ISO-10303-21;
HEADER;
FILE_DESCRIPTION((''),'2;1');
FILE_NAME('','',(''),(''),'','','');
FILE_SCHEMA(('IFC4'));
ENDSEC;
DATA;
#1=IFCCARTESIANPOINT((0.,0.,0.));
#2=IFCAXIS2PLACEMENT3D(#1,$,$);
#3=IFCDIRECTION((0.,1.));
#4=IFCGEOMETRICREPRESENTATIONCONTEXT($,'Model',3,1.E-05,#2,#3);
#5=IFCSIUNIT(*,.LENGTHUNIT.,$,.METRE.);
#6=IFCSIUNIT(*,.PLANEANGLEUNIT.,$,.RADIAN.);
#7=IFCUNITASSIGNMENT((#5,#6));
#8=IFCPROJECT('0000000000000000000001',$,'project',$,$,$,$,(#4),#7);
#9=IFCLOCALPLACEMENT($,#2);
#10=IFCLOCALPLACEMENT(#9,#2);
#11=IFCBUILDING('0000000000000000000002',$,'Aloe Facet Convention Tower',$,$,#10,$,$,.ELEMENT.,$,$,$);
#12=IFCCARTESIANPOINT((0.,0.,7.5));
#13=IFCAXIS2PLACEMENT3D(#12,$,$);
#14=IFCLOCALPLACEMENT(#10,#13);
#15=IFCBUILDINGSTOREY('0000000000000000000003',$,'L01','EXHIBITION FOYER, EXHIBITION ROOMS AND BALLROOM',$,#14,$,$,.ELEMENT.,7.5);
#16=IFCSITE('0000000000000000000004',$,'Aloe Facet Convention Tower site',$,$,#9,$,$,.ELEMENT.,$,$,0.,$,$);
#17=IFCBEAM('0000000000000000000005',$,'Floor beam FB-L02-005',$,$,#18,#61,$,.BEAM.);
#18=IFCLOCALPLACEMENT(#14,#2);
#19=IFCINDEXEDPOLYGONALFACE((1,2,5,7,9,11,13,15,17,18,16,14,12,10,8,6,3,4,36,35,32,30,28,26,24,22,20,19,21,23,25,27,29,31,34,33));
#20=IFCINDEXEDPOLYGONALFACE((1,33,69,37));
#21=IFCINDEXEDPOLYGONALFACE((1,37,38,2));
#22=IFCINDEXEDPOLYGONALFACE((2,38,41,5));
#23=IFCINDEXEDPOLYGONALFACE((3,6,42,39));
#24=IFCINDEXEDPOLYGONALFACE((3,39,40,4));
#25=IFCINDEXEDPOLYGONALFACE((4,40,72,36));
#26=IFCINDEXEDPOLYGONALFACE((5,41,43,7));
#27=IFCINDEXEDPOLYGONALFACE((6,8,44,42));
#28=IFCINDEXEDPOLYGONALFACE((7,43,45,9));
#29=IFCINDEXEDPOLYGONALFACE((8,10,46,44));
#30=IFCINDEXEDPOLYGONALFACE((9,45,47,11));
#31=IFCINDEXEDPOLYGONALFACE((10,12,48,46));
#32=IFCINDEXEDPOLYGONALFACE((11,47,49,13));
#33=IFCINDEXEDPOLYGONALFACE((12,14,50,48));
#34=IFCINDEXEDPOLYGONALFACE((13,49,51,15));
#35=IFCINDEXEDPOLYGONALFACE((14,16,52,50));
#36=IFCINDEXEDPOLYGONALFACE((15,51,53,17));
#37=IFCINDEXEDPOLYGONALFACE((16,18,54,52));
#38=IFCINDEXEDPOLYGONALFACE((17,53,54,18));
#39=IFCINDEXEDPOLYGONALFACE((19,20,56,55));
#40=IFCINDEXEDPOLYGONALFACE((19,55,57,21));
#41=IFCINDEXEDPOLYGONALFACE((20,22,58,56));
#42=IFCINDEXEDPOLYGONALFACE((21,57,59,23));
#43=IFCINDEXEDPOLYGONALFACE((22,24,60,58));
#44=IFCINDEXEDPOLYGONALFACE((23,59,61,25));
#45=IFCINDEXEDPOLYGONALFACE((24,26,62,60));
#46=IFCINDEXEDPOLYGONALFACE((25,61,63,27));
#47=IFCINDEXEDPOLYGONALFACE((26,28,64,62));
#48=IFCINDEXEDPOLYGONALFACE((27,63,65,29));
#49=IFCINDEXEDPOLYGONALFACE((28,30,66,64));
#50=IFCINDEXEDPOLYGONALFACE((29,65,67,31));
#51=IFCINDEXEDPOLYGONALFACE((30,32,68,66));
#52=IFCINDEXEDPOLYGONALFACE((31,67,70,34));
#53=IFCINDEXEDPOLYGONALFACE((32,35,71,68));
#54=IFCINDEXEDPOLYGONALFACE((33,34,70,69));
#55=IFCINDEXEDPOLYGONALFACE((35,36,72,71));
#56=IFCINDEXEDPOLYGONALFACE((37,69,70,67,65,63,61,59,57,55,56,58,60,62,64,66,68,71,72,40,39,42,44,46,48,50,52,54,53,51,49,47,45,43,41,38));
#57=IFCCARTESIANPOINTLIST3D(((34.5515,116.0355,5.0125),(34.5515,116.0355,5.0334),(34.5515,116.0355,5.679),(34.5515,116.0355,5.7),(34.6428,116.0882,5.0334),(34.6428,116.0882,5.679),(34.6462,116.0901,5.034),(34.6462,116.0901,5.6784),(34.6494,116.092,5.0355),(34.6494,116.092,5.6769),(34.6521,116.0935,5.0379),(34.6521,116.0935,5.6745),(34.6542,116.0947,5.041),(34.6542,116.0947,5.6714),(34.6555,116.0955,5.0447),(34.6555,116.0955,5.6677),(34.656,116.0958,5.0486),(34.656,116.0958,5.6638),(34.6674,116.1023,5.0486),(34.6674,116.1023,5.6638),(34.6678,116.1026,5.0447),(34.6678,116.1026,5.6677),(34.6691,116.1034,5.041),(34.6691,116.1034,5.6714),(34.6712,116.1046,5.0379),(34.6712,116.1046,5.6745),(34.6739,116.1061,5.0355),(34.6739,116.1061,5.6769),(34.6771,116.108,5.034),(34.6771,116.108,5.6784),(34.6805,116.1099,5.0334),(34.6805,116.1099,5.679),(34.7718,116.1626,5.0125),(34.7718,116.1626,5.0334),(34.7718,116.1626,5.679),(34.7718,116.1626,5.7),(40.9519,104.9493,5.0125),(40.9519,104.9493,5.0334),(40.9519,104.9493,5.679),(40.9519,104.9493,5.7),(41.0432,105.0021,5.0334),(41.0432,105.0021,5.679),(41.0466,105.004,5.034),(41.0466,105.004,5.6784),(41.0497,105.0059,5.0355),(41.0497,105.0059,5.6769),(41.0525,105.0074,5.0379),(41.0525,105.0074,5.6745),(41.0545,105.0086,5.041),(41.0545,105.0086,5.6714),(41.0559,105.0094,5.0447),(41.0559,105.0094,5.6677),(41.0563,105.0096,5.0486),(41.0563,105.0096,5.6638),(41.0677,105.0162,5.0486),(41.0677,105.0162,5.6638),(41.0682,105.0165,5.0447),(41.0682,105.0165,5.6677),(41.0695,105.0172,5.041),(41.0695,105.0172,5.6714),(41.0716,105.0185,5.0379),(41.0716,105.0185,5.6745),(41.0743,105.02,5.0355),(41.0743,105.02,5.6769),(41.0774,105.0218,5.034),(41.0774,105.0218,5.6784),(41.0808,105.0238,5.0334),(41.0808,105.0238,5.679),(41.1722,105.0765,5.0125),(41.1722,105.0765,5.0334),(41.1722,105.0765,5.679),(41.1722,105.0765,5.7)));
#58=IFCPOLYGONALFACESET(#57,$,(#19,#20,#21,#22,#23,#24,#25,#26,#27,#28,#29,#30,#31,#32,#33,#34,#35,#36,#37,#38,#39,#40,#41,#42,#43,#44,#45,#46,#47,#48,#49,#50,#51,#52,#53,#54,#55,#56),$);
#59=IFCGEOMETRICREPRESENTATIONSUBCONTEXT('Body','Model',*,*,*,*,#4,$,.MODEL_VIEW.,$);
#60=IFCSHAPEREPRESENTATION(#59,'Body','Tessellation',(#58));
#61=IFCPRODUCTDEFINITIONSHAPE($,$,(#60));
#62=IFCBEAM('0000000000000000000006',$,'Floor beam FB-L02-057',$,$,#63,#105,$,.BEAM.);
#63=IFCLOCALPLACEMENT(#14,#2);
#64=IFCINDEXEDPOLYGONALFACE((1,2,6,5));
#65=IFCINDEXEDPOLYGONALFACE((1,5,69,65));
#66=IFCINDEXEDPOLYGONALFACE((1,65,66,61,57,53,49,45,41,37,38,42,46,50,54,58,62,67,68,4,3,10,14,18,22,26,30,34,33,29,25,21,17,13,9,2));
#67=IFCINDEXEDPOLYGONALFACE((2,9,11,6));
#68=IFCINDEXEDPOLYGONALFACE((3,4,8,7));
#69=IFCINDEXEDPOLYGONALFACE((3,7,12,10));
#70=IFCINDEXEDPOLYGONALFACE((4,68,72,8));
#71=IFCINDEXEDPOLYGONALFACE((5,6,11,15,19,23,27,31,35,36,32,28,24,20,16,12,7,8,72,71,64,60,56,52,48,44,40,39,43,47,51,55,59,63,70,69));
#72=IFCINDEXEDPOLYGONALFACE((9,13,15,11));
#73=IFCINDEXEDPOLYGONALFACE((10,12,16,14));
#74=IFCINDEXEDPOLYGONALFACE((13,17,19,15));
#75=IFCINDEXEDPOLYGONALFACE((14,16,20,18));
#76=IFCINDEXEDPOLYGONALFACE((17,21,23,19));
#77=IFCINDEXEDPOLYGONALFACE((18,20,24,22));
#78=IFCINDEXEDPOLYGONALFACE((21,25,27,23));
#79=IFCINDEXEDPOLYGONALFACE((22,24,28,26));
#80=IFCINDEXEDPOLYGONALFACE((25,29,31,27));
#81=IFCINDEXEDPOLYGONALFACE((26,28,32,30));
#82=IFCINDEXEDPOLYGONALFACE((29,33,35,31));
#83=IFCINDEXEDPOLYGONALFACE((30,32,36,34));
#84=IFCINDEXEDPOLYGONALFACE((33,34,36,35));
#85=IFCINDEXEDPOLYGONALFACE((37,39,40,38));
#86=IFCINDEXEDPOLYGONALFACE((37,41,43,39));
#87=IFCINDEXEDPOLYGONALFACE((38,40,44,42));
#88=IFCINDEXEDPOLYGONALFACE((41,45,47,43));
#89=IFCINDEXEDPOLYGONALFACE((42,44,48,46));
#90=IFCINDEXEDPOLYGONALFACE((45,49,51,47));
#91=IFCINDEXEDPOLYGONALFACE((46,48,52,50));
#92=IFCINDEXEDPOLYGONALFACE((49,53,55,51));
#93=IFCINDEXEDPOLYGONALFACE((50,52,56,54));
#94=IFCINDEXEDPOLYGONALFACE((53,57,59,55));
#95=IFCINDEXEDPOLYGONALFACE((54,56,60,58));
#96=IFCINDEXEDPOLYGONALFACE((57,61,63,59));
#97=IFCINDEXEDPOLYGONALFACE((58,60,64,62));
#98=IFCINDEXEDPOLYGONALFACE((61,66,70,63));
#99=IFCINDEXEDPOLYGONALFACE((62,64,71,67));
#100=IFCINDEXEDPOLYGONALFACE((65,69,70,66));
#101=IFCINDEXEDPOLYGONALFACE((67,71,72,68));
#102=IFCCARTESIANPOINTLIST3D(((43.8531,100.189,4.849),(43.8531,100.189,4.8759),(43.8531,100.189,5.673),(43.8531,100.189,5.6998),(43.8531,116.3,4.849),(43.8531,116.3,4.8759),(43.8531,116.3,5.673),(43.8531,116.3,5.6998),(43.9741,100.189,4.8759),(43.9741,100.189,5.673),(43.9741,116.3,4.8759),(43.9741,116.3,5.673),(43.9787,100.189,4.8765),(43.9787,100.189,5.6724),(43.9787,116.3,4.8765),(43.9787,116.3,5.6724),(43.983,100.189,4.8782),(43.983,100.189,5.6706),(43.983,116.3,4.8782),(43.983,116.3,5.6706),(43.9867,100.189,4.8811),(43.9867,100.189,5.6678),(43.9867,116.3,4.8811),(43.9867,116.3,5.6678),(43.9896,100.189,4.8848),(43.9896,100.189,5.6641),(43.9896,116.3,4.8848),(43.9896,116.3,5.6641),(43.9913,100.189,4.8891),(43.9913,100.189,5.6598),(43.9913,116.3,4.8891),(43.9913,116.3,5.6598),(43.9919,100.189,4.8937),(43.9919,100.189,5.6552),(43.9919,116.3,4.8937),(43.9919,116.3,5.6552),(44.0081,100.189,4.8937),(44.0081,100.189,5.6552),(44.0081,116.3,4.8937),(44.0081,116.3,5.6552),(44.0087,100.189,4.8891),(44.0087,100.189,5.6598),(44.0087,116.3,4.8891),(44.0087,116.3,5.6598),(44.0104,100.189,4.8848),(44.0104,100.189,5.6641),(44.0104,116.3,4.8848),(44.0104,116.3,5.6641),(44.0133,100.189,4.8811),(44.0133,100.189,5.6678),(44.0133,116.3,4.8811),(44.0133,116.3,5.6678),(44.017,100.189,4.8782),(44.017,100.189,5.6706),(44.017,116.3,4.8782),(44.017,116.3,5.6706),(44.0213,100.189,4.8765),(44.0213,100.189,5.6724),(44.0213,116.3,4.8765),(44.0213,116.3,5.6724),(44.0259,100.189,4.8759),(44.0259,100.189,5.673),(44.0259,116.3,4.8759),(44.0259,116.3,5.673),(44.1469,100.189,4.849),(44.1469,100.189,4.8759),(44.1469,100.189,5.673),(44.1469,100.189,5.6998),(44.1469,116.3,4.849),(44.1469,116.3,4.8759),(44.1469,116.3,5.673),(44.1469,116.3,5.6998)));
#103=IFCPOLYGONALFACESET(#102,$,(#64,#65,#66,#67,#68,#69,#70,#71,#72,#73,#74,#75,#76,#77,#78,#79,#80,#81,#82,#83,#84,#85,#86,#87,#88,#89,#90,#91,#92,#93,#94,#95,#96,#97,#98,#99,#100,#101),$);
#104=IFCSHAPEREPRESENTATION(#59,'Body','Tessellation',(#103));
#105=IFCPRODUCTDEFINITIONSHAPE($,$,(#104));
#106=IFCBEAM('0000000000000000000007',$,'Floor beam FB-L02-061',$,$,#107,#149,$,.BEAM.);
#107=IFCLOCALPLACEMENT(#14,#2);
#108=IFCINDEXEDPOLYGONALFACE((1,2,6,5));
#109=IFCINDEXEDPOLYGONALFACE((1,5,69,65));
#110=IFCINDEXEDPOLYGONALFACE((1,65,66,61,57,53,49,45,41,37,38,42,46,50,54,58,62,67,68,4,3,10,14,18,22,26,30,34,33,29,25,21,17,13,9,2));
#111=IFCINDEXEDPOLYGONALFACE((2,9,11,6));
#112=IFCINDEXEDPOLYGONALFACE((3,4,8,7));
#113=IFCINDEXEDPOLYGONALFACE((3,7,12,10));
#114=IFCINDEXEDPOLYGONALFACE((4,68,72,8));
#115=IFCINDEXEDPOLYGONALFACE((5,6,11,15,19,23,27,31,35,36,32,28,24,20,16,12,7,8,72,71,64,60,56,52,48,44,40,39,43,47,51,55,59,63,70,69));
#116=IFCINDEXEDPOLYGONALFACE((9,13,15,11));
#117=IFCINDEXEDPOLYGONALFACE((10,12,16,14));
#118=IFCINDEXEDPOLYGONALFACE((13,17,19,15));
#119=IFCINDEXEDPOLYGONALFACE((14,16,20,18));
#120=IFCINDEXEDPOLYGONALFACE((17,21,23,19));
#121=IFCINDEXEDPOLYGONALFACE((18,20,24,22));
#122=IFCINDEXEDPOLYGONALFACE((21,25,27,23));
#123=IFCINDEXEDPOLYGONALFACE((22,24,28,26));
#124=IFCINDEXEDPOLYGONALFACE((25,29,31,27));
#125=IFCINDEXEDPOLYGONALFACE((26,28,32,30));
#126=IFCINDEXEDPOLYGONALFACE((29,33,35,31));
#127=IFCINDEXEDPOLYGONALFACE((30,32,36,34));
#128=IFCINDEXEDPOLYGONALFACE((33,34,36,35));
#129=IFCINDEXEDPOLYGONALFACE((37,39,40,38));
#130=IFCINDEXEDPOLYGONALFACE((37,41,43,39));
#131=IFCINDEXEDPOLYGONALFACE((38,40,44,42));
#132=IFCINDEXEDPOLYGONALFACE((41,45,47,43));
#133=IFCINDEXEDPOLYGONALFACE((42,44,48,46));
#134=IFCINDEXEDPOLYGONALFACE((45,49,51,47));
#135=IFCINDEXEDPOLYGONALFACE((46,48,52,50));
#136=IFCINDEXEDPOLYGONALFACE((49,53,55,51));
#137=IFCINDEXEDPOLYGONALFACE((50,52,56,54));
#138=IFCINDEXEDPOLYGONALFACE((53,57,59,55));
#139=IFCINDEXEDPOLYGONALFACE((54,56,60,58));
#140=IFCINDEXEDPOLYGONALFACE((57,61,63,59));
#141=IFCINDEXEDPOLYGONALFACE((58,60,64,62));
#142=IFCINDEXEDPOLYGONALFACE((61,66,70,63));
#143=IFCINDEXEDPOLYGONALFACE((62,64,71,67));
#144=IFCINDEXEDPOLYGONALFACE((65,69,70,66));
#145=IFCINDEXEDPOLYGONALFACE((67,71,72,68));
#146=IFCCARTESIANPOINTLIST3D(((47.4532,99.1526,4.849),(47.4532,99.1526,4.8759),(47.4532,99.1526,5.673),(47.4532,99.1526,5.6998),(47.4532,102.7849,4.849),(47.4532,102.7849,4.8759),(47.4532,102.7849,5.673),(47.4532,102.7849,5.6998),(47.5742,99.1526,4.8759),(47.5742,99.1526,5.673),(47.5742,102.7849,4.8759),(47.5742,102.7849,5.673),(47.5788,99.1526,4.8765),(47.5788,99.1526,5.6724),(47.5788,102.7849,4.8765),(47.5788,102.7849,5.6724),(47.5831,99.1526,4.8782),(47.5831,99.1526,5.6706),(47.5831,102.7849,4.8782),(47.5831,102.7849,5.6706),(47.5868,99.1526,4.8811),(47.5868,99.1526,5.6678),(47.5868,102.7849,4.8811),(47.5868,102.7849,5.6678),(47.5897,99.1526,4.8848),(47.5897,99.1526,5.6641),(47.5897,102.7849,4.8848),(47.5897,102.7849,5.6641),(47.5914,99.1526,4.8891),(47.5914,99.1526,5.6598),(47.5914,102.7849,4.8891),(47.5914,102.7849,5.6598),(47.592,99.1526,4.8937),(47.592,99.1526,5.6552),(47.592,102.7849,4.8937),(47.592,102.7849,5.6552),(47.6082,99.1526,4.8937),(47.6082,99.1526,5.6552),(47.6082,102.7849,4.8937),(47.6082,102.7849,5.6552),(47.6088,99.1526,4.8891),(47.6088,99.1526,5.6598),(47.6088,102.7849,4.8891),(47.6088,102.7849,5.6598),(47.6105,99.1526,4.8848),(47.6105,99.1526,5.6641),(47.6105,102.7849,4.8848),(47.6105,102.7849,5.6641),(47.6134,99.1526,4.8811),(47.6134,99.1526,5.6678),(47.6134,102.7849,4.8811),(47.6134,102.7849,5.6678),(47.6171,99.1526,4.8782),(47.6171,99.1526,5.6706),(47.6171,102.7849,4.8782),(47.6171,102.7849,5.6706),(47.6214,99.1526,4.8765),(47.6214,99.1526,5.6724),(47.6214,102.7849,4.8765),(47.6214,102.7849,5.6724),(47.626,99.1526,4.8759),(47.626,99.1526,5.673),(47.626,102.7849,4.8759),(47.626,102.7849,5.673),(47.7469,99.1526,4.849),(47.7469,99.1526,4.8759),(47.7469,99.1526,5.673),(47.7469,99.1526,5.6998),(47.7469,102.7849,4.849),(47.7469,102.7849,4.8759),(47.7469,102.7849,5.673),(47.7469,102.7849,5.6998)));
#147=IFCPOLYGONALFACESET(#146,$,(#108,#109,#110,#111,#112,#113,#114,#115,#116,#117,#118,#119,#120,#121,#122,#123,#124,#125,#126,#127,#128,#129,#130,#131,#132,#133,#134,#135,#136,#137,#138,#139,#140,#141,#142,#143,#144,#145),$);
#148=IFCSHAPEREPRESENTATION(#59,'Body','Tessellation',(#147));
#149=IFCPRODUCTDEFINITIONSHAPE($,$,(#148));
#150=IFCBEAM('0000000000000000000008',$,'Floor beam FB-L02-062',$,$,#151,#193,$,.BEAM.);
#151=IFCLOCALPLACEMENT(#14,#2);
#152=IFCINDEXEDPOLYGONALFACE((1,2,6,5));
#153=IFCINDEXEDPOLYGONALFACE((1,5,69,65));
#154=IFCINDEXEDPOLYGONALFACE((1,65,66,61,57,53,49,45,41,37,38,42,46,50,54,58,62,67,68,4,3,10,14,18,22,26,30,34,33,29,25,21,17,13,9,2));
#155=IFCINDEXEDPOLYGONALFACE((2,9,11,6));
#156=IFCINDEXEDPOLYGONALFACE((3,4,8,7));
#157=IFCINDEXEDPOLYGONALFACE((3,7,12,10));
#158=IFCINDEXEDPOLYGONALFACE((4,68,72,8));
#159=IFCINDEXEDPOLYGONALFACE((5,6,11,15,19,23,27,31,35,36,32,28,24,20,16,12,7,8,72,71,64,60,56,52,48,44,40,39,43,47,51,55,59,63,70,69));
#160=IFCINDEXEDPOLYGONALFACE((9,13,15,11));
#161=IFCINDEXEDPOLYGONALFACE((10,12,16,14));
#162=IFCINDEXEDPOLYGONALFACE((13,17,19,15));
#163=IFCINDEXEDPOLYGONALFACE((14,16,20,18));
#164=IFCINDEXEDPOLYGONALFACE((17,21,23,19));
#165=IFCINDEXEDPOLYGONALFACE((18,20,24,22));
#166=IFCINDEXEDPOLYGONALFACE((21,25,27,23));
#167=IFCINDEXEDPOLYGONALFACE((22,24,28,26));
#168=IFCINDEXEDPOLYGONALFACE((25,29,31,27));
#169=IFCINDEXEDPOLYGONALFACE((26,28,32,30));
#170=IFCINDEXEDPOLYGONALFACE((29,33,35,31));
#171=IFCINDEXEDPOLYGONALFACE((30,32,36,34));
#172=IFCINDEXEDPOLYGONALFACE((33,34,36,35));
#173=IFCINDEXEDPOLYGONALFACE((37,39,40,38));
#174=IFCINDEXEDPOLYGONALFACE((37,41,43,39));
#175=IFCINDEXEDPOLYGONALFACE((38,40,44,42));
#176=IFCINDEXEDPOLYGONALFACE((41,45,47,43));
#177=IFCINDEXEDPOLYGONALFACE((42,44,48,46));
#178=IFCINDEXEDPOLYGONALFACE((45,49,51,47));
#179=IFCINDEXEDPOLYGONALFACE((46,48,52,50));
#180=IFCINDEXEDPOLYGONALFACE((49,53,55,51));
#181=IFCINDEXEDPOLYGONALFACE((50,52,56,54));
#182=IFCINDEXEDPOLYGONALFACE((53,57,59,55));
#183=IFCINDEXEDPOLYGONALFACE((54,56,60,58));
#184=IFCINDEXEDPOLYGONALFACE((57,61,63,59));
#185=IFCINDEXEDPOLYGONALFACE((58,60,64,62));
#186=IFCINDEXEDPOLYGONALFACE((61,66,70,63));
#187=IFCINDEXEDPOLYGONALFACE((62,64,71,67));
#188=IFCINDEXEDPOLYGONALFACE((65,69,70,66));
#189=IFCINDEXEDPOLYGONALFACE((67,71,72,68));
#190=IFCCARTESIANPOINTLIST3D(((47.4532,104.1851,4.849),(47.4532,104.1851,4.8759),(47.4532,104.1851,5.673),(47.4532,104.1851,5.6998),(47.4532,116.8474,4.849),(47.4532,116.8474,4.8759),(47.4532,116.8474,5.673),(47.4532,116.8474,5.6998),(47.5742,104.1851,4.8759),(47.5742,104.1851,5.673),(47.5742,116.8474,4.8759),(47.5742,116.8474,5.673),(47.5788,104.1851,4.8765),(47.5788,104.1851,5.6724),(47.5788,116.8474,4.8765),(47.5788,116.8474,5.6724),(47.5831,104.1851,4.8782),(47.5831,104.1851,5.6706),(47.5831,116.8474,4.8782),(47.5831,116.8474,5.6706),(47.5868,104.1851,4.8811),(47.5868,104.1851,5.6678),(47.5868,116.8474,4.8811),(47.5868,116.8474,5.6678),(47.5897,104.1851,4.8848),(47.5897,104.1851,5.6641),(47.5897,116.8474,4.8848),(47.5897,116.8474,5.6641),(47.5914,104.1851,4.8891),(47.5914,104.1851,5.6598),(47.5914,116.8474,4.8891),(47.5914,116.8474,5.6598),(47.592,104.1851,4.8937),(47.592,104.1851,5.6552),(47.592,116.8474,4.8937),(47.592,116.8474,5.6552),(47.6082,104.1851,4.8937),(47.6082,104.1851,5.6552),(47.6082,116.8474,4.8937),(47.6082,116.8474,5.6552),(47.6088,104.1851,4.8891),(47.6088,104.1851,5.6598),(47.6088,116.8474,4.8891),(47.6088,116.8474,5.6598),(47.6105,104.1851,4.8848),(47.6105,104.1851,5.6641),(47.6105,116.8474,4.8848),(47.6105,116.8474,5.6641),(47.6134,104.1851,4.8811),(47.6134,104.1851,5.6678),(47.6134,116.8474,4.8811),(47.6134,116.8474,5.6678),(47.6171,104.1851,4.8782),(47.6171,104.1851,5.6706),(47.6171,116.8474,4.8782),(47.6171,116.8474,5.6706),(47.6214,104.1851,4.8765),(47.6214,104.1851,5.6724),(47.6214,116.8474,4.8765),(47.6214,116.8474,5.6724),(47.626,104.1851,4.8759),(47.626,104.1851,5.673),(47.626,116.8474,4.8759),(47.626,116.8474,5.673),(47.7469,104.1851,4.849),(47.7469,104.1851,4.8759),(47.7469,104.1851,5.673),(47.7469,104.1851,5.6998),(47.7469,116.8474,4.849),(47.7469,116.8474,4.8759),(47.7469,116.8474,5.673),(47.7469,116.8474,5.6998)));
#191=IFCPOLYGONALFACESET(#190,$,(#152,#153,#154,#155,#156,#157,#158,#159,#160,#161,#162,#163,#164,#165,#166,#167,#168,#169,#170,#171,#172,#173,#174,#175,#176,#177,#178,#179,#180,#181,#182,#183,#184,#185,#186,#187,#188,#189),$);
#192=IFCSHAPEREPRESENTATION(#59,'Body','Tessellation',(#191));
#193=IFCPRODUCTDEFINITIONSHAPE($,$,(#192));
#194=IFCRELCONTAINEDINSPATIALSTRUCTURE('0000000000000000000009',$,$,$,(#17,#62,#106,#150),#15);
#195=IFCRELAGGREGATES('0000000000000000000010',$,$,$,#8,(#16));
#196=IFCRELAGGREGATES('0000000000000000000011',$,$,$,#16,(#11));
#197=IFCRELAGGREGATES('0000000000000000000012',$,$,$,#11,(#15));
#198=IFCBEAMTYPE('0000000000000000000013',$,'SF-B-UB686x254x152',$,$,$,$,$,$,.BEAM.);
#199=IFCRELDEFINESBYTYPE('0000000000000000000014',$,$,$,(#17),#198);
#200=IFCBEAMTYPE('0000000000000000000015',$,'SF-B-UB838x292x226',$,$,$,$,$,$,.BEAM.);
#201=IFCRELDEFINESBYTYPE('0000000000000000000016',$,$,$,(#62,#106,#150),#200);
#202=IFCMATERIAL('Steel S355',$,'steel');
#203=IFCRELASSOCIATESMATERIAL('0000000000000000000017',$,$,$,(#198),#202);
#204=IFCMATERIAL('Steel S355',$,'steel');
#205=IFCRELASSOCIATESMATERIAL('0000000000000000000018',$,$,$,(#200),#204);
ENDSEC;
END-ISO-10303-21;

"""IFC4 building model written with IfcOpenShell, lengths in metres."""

from ifc_helpers import new_model, si_unit, direction, frame, origin, origin_2d, place, context, subcontext, project, spatial, i_section, extrude, material, material_profile, profile_set, type_object, element, save


model = new_model("IFC4")

# Units and contexts
model_context = context("Model", 3, precision=1e-05, world=origin(), true_north=direction((0.0, 1.0)))
body_context = subcontext(model_context, "Body", "Model", "MODEL_VIEW")
ifc_project = project(units=[si_unit("LENGTHUNIT", "METRE"), si_unit("PLANEANGLEUNIT", "RADIAN")], contexts=[model_context])

# Site, building, storey
site_placement = place(None, origin())
site = spatial("IfcSite", under=ifc_project, at=site_placement, Name="Aloe Facet Convention Tower site", CompositionType="ELEMENT", RefElevation=0.0)
building_placement = place(site_placement, origin())
building = spatial("IfcBuilding", under=site, at=building_placement, Name="Aloe Facet Convention Tower", CompositionType="ELEMENT")
storey_placement = place(building_placement, frame((0.0, 0.0, 7.5)))
storey = spatial("IfcBuildingStorey", under=building, at=storey_placement, Name="L01", Description="EXHIBITION FOYER, EXHIBITION ROOMS AND BALLROOM", CompositionType="ELEMENT", Elevation=7.5)

# Beams
ifc_material_1 = material(Name="Steel S355", Category="steel")
ifc_material_profile_1 = material_profile(ifc_material_1, i_section(OverallWidth=0.2544, OverallDepth=0.6875, WebThickness=0.0132, FlangeThickness=0.021, FilletRadius=0.0151, at=origin_2d()), Name="UB 686x254x152")
ifc_profile_set_1 = profile_set([ifc_material_profile_1], Name="Steel S355")
beam_type_1 = type_object("IfcBeamType", Name="SF-B-UB686x254x152", PredefinedType="BEAM", material=ifc_profile_set_1)
beam_1_placement = place(storey_placement, frame((41.062, 105.0129, 5.3562), z_axis=(-0.499987, 0.866033, 0.0), x_axis=(-0.866033, -0.499987, 0.0)))
element("IfcBeam", 1, at=beam_1_placement, inside=storey, type_object=beam_type_1, Name="Floor beam FB-L02-005", PredefinedType="BEAM", context=body_context, shape_type="SweptSolid", body=[
    extrude(i_section(OverallWidth=0.2544, OverallDepth=0.6875, WebThickness=0.0132, FlangeThickness=0.021, FilletRadius=0.0151, at=origin_2d()), origin(), (0.0, 0.0, 1.0), 12.801),
])
ifc_material_2 = material(Name="Steel S355", Category="steel")
ifc_material_profile_2 = material_profile(ifc_material_2, i_section(OverallWidth=0.2937, OverallDepth=0.8508, WebThickness=0.0161, FlangeThickness=0.0269, FilletRadius=0.0178, at=origin_2d()), Name="UB 838x292x226")
ifc_profile_set_2 = profile_set([ifc_material_profile_2], Name="Steel S355")
beam_type_2 = type_object("IfcBeamType", Name="SF-B-UB838x292x226", PredefinedType="BEAM", material=ifc_profile_set_2)
beam_2_placement = place(storey_placement, frame((44.0, 100.189, 5.2744), z_axis=(0.0, 1.0, 0.0), x_axis=(-1.0, 0.0, 0.0)))
element("IfcBeam", 2, at=beam_2_placement, inside=storey, type_object=beam_type_2, Name="Floor beam FB-L02-057", PredefinedType="BEAM", context=body_context, shape_type="SweptSolid", body=[
    extrude(i_section(OverallWidth=0.2937, OverallDepth=0.8508, WebThickness=0.0161, FlangeThickness=0.0269, FilletRadius=0.0178, at=origin_2d()), origin(), (0.0, 0.0, 1.0), 16.1111),
])
beam_3_placement = place(storey_placement, frame((47.6001, 99.1526, 5.2744), z_axis=(0.0, 1.0, 0.0), x_axis=(-1.0, 0.0, 0.0)))
element("IfcBeam", 3, at=beam_3_placement, inside=storey, type_object=beam_type_2, Name="Floor beam FB-L02-061", PredefinedType="BEAM", context=body_context, shape_type="SweptSolid", body=[
    extrude(i_section(OverallWidth=0.2937, OverallDepth=0.8508, WebThickness=0.0161, FlangeThickness=0.0269, FilletRadius=0.0178, at=origin_2d()), origin(), (0.0, 0.0, 1.0), 3.6323),
])
beam_4_placement = place(storey_placement, frame((47.6001, 104.1851, 5.2744), z_axis=(0.0, 1.0, 0.0), x_axis=(-1.0, 0.0, 0.0)))
element("IfcBeam", 4, at=beam_4_placement, inside=storey, type_object=beam_type_2, Name="Floor beam FB-L02-062", PredefinedType="BEAM", context=body_context, shape_type="SweptSolid", body=[
    extrude(i_section(OverallWidth=0.2937, OverallDepth=0.8508, WebThickness=0.0161, FlangeThickness=0.0269, FilletRadius=0.0178, at=origin_2d()), origin(), (0.0, 0.0, 1.0), 12.6624),
])

save(model, "model.ifc")
